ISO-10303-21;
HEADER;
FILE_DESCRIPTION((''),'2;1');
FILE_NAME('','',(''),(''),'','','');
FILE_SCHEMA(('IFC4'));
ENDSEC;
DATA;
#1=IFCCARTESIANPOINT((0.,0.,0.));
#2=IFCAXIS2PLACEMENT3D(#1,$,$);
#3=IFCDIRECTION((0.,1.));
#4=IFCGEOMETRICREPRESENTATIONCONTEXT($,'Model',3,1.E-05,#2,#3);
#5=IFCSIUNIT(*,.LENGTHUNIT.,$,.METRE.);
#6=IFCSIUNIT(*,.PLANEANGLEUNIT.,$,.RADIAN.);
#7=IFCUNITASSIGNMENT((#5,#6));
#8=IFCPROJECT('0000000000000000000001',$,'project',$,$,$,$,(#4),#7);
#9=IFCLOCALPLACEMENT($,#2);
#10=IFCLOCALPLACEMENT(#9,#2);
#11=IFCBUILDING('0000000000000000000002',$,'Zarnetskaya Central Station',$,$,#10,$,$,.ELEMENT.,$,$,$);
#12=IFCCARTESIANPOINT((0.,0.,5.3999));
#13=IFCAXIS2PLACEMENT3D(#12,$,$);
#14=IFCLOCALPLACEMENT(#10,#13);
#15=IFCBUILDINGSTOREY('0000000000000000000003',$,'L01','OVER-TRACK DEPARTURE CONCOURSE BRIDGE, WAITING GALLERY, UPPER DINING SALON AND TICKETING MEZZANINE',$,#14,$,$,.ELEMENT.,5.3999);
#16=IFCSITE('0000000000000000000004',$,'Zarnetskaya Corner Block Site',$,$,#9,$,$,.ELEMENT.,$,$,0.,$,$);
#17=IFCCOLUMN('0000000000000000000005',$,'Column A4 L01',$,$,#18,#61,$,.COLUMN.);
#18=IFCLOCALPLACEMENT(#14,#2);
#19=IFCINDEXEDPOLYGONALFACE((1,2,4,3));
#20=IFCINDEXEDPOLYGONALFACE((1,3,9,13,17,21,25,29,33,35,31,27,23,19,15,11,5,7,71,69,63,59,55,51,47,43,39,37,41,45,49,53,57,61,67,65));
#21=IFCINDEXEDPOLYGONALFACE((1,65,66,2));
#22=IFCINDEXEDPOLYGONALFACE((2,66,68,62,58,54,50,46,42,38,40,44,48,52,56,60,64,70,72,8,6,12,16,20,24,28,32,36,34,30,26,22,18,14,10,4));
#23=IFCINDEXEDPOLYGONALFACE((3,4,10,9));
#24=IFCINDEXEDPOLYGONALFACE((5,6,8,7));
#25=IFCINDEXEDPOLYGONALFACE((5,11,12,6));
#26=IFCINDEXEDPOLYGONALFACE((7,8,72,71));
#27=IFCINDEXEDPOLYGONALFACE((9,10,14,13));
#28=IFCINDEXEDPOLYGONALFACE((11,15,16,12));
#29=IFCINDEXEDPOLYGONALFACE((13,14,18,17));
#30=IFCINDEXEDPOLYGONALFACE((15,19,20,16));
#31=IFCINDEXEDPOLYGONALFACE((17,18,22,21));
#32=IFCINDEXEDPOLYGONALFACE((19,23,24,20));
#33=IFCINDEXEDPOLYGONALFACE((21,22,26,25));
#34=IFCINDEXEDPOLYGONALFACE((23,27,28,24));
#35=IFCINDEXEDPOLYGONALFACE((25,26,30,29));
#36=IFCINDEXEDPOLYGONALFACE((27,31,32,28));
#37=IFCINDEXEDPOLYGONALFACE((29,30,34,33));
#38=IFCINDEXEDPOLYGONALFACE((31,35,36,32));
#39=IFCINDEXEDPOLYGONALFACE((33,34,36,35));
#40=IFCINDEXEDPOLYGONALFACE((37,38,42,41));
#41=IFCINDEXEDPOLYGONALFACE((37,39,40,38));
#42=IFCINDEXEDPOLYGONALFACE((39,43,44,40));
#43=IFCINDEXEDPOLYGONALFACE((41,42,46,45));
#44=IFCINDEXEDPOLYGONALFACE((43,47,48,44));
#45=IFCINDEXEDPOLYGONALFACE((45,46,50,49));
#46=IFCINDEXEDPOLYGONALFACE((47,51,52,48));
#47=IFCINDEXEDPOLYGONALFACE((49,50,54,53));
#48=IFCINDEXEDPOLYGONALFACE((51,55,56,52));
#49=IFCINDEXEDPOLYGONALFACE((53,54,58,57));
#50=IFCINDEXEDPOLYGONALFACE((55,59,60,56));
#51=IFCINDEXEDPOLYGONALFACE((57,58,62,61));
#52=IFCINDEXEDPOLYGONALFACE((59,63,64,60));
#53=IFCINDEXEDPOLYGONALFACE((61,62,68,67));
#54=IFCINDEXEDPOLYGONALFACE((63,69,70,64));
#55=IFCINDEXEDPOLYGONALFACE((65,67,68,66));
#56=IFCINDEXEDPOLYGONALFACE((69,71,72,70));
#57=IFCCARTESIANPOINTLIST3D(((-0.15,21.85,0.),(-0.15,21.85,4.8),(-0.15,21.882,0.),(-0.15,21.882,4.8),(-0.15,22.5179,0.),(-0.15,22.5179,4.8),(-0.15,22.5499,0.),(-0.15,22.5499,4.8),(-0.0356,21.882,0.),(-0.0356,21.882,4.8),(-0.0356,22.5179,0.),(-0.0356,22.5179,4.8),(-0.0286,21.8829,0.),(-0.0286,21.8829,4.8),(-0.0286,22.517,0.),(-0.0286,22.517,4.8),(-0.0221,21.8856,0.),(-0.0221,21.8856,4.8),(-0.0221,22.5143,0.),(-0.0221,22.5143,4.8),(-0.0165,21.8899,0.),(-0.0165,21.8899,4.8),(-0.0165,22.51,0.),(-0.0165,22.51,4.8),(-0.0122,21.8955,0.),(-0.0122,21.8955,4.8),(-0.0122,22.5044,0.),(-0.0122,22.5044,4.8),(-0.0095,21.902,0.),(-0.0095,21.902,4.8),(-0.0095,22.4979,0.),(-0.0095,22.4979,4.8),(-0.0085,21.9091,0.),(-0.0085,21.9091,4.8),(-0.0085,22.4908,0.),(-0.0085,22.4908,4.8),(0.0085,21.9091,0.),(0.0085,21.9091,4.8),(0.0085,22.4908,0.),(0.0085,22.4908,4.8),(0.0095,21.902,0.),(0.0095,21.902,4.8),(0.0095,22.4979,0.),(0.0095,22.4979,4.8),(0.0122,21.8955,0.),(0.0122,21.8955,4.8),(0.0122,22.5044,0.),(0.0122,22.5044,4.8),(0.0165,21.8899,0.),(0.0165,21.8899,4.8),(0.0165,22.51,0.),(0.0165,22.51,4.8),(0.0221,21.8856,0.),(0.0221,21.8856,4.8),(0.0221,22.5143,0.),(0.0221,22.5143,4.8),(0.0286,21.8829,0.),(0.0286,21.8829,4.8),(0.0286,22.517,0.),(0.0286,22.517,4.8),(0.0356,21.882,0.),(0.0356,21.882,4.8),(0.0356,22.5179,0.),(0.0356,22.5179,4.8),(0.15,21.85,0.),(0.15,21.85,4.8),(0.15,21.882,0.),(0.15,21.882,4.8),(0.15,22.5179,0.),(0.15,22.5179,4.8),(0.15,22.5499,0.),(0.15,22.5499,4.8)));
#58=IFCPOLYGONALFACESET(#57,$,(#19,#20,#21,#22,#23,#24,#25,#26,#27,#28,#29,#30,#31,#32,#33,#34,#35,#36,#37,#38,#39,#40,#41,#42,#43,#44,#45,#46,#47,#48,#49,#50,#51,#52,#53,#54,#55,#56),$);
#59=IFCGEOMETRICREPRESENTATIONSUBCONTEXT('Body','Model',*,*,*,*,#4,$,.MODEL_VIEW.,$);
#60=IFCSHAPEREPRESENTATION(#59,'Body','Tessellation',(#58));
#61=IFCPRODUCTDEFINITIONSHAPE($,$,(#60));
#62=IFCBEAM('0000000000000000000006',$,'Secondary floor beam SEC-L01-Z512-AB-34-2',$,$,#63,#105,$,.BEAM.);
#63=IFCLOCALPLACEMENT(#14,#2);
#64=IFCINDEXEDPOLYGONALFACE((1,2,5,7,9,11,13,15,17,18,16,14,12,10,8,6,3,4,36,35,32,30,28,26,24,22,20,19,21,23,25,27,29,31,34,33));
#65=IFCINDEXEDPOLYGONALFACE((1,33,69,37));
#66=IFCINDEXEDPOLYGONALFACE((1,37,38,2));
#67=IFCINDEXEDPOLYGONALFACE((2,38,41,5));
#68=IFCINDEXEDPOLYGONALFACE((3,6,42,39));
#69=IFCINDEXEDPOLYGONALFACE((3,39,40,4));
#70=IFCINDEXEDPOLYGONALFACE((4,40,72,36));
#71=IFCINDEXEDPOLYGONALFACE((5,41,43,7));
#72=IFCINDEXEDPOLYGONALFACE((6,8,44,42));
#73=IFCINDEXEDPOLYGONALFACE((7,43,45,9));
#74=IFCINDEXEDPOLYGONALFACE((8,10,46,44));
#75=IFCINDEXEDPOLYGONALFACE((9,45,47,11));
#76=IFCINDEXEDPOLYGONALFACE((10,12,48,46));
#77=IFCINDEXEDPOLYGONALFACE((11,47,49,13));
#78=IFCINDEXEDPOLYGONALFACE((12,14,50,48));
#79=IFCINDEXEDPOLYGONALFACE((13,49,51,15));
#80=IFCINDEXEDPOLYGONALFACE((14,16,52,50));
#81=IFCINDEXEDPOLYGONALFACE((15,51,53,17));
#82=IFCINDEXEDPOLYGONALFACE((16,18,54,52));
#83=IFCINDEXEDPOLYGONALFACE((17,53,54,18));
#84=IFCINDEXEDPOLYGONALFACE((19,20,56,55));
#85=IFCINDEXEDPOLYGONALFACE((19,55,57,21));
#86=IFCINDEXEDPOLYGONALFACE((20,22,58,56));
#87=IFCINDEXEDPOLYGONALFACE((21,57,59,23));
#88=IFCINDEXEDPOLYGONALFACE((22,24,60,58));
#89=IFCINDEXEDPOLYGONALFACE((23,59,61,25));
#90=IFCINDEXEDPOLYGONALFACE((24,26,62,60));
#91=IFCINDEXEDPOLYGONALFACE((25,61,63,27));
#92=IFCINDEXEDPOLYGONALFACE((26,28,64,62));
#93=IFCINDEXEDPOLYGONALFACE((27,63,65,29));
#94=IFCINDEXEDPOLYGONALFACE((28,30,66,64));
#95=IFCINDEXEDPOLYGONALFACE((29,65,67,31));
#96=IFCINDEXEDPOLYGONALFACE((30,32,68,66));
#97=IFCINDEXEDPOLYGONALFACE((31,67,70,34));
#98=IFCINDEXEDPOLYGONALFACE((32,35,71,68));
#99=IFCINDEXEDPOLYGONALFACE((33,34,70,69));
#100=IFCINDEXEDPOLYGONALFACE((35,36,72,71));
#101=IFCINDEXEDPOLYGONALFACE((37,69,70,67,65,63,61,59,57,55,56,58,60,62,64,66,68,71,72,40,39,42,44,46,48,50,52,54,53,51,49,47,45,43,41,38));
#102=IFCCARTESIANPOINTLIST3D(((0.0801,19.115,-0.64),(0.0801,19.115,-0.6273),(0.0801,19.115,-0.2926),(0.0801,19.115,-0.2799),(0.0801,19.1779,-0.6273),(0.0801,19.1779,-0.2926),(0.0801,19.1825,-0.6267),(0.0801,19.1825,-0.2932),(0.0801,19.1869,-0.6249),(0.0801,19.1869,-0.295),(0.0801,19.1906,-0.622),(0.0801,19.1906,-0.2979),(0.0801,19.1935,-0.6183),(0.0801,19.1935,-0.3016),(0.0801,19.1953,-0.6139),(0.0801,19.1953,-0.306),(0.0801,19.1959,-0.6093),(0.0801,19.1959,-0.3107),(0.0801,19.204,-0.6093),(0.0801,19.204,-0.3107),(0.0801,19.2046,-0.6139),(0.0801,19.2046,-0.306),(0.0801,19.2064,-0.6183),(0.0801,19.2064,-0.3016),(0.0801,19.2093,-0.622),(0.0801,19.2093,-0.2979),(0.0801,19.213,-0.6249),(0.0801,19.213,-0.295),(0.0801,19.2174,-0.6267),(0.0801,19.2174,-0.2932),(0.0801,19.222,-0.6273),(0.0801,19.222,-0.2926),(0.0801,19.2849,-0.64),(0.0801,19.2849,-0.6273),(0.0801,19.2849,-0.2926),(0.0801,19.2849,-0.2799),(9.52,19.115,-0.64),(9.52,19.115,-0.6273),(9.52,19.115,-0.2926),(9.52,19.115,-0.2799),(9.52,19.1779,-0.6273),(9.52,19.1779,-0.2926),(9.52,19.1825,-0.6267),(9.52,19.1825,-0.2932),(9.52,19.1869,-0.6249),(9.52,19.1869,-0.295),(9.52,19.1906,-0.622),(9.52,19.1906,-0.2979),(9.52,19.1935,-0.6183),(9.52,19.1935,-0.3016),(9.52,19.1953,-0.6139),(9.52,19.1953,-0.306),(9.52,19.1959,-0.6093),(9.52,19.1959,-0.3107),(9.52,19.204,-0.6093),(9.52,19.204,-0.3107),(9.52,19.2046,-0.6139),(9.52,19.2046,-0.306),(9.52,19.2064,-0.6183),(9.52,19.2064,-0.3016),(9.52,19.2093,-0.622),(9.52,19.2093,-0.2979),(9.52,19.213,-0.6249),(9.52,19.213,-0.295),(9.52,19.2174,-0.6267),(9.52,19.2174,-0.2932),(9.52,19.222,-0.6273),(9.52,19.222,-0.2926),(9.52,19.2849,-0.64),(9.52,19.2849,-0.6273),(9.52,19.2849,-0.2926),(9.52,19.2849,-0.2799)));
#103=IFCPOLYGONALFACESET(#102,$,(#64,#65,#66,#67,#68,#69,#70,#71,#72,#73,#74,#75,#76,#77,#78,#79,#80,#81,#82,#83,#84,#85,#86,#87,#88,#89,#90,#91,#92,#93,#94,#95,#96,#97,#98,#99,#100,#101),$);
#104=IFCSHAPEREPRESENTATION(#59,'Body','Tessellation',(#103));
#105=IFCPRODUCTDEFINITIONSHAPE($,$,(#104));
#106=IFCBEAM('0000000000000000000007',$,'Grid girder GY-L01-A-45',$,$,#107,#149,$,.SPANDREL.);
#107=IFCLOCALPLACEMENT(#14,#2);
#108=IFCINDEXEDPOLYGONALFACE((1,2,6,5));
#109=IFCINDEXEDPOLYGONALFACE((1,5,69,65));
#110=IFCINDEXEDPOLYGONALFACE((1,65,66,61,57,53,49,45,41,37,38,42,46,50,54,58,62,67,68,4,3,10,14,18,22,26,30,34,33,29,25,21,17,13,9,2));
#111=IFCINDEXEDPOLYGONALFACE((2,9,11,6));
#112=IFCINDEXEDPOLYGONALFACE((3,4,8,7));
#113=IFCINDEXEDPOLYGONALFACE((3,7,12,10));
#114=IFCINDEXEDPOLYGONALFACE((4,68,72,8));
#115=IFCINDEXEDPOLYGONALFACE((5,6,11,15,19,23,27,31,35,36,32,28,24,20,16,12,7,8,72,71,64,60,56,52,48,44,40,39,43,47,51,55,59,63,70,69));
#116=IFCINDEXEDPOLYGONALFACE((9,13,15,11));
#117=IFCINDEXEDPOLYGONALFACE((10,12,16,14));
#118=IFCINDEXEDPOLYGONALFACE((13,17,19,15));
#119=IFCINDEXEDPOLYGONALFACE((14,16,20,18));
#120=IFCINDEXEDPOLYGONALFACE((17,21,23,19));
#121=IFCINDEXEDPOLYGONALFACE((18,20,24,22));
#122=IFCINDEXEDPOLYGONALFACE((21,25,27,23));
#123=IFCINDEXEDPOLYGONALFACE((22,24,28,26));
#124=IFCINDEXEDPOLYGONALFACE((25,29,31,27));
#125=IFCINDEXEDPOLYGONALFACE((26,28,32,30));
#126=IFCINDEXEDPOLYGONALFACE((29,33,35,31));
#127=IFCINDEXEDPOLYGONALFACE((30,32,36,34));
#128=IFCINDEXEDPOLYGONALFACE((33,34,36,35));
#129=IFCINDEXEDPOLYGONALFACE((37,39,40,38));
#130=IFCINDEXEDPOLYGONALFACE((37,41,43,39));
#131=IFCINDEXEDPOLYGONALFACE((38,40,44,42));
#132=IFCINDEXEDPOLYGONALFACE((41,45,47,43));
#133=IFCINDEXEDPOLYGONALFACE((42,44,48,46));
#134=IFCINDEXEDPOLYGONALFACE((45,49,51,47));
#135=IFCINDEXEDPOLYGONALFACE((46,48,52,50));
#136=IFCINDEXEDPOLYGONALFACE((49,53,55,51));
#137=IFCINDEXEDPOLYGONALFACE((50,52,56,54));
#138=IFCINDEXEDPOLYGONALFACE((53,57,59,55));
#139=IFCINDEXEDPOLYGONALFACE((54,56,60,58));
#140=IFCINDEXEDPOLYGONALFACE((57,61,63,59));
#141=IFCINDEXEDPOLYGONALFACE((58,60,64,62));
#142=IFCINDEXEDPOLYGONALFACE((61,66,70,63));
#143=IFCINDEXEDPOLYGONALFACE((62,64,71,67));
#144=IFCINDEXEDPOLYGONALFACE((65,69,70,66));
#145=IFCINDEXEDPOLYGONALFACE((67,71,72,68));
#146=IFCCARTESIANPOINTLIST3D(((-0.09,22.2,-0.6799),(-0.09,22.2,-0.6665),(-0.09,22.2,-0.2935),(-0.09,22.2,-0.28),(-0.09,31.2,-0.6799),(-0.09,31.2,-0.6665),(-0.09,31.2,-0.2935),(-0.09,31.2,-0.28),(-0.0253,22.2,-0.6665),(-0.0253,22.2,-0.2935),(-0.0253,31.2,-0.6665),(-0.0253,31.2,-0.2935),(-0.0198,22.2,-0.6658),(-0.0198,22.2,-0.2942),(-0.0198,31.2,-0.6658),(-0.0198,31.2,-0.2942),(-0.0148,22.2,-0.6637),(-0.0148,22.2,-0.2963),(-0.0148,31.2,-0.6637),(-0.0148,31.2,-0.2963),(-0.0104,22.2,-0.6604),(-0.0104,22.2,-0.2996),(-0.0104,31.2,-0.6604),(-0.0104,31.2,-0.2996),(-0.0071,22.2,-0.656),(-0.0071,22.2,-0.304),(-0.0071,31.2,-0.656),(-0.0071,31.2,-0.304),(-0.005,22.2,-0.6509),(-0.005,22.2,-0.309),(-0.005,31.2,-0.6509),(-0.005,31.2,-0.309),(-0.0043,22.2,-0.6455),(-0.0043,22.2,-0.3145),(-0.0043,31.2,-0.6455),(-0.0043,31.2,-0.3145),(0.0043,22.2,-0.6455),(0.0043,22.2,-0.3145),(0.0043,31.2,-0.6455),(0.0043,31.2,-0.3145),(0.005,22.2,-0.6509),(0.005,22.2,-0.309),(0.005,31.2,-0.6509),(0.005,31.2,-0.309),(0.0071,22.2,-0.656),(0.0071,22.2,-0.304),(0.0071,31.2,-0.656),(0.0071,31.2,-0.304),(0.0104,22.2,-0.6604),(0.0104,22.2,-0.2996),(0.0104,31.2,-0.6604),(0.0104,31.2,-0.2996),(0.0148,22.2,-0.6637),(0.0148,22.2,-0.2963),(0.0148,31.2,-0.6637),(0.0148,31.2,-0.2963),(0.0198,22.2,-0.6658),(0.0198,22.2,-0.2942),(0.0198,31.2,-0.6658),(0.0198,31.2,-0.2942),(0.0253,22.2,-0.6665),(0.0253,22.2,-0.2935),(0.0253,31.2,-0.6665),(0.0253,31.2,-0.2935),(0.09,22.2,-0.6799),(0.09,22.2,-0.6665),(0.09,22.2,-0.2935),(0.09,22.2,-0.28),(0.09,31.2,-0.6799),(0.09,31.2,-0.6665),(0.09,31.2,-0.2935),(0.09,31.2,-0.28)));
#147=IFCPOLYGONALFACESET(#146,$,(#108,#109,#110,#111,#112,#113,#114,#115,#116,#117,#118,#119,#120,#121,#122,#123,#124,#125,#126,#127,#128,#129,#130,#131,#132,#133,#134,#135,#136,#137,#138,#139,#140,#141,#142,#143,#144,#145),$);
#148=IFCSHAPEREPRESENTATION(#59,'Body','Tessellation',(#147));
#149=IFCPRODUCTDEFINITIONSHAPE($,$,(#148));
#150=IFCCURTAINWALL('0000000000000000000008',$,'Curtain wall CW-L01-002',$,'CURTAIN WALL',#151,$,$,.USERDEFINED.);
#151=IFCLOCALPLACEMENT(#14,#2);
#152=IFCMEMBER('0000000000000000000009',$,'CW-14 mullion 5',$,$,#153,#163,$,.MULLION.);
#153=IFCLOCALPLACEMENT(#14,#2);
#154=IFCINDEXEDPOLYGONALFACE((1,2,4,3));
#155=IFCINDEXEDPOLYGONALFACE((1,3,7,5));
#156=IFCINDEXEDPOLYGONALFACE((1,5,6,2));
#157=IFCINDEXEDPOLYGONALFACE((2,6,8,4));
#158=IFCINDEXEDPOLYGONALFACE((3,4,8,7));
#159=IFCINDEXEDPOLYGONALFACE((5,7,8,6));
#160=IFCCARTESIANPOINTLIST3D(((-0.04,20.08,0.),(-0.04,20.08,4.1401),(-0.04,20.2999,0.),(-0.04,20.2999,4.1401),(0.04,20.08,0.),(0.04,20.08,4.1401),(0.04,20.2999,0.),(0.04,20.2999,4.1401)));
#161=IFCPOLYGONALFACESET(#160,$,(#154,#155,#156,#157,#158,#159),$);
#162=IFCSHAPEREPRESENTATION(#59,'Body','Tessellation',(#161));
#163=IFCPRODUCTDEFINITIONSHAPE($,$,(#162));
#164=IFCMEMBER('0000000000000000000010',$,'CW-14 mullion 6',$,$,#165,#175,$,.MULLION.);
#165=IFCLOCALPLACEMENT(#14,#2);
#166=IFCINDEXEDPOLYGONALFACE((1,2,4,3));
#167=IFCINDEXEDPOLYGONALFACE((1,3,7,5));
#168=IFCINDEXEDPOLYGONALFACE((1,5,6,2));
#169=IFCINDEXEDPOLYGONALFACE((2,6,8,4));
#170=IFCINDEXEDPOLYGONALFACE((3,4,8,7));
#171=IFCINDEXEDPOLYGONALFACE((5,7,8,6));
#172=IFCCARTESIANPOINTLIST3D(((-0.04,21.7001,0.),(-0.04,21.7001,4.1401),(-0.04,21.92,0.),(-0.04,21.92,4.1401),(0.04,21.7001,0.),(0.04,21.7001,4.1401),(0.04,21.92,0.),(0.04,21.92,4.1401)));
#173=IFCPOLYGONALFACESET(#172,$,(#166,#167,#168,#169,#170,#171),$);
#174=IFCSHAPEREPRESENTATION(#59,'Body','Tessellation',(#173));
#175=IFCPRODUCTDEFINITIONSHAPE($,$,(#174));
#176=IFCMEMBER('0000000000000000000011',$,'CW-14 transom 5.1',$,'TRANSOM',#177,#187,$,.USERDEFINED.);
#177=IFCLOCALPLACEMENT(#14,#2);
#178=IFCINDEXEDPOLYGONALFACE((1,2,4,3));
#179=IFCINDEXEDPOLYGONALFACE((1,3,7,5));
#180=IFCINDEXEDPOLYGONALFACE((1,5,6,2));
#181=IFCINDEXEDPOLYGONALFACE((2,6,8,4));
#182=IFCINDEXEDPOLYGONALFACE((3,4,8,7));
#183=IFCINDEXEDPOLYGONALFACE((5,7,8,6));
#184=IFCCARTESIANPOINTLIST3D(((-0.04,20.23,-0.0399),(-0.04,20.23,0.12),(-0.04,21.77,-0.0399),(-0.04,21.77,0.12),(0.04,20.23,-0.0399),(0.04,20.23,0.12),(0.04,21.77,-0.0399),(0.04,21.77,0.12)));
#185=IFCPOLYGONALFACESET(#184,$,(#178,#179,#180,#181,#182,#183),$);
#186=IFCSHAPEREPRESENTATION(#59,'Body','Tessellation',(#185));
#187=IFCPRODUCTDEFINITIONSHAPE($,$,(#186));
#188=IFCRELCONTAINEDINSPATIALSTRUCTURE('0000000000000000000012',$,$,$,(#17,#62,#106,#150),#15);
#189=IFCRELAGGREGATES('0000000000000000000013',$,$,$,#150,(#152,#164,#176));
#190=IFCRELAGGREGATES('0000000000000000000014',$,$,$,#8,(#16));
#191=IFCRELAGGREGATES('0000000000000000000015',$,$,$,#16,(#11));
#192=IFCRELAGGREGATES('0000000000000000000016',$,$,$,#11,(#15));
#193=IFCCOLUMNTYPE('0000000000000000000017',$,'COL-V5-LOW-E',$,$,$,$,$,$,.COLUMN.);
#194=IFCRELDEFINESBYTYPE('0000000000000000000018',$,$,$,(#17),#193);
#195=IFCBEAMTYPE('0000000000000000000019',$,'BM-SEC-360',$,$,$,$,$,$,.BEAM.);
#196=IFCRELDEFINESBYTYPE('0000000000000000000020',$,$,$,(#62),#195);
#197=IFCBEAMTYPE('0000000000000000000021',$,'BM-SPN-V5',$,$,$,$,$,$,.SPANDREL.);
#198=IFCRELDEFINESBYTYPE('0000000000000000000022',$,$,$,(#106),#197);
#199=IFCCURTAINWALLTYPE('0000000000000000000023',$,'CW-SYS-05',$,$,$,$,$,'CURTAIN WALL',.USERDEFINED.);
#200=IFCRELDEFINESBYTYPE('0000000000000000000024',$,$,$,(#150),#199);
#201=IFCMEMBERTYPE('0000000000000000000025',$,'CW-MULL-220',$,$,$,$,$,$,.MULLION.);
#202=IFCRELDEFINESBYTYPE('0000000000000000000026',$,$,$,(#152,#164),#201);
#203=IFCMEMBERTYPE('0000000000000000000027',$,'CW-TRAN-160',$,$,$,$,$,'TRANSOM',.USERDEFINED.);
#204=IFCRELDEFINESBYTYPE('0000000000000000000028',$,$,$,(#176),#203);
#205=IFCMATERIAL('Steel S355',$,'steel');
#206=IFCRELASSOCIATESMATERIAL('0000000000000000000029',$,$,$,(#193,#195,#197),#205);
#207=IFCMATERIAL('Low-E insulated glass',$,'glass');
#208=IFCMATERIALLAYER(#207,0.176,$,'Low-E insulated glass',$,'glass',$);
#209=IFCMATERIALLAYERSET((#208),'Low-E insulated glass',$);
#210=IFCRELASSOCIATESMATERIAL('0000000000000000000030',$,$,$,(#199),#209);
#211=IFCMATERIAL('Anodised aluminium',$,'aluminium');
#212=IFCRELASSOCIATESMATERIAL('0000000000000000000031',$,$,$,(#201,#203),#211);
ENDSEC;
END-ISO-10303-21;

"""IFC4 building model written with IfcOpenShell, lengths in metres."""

from ifc_helpers import new_model, si_unit, direction, frame, origin, origin_2d, place, context, subcontext, project, spatial, rectangle, i_section, extrude, material, layer, layer_set, material_profile, profile_set, type_object, element, aggregate, save


model = new_model("IFC4")

# Units and contexts
model_context = context("Model", 3, precision=1e-05, world=origin(), true_north=direction((0.0, 1.0)))
body_context = subcontext(model_context, "Body", "Model", "MODEL_VIEW")
ifc_project = project(units=[si_unit("LENGTHUNIT", "METRE"), si_unit("PLANEANGLEUNIT", "RADIAN")], contexts=[model_context])

# Site, building, storey
site_placement = place(None, origin())
site = spatial("IfcSite", under=ifc_project, at=site_placement, Name="Zarnetskaya Corner Block Site", CompositionType="ELEMENT", RefElevation=0.0)
building_placement = place(site_placement, origin())
building = spatial("IfcBuilding", under=site, at=building_placement, Name="Zarnetskaya Central Station", CompositionType="ELEMENT")
storey_placement = place(building_placement, frame((0.0, 0.0, 5.3999)))
storey = spatial("IfcBuildingStorey", under=building, at=storey_placement, Name="L01", Description="OVER-TRACK DEPARTURE CONCOURSE BRIDGE, WAITING GALLERY, UPPER DINING SALON AND TICKETING MEZZANINE", CompositionType="ELEMENT", Elevation=5.3999)

# Column
ifc_material_1 = material(Name="Steel S355", Category="steel")
ifc_material_profile_1 = material_profile(ifc_material_1, i_section(OverallWidth=0.3, OverallDepth=0.7, WebThickness=0.0171, FlangeThickness=0.032, FilletRadius=0.0271, at=origin_2d()), Name="HEB 700")
ifc_profile_set_1 = profile_set([ifc_material_profile_1], Name="Steel S355")
column_type = type_object("IfcColumnType", Name="COL-V5-LOW-E", PredefinedType="COLUMN", material=ifc_profile_set_1)
column_placement = place(storey_placement, frame((0.0, 22.2, 0.0), z_axis=(0.0, 0.0, 1.0), x_axis=(1.0, 0.0, 0.0)))
element("IfcColumn", 1, at=column_placement, inside=storey, type_object=column_type, Name="Column A4 L01", PredefinedType="COLUMN", context=body_context, shape_type="SweptSolid", body=[
    extrude(i_section(OverallWidth=0.3, OverallDepth=0.7, WebThickness=0.0171, FlangeThickness=0.032, FilletRadius=0.0271, at=origin_2d()), origin(), (0.0, 0.0, 1.0), 4.8),
])

# Beams
ifc_material_profile_2 = material_profile(ifc_material_1, i_section(OverallWidth=0.1699, OverallDepth=0.3601, WebThickness=0.0081, FlangeThickness=0.0127, FilletRadius=0.0181, at=origin_2d()), Name="IPE 360")
ifc_profile_set_2 = profile_set([ifc_material_profile_2], Name="Steel S355")
beam_type_1 = type_object("IfcBeamType", Name="BM-SEC-360", PredefinedType="BEAM", material=ifc_profile_set_2)
beam_1_placement = place(storey_placement, frame((0.0801, 19.2, -0.46), z_axis=(1.0, 0.0, 0.0), x_axis=(0.0, 1.0, 0.0)))
element("IfcBeam", 2, at=beam_1_placement, inside=storey, type_object=beam_type_1, Name="Secondary floor beam SEC-L01-Z512-AB-34-2", PredefinedType="BEAM", context=body_context, shape_type="SweptSolid", body=[
    extrude(i_section(OverallWidth=0.1699, OverallDepth=0.3601, WebThickness=0.0081, FlangeThickness=0.0127, FilletRadius=0.0181, at=origin_2d()), origin(), (0.0, 0.0, 1.0), 9.4399),
])
ifc_material_profile_3 = material_profile(ifc_material_1, i_section(OverallWidth=0.1799, OverallDepth=0.3999, WebThickness=0.0085, FlangeThickness=0.0134, FilletRadius=0.021, at=origin_2d()), Name="IPE 400")
ifc_profile_set_3 = profile_set([ifc_material_profile_3], Name="Steel S355")
beam_type_2 = type_object("IfcBeamType", Name="BM-SPN-V5", PredefinedType="SPANDREL", material=ifc_profile_set_3)
beam_2_placement = place(storey_placement, frame((0.0, 22.2, -0.48), z_axis=(0.0, 1.0, 0.0), x_axis=(-1.0, 0.0, 0.0)))
element("IfcBeam", 3, at=beam_2_placement, inside=storey, type_object=beam_type_2, Name="Grid girder GY-L01-A-45", PredefinedType="SPANDREL", context=body_context, shape_type="SweptSolid", body=[
    extrude(i_section(OverallWidth=0.1799, OverallDepth=0.3999, WebThickness=0.0085, FlangeThickness=0.0134, FilletRadius=0.021, at=origin_2d()), origin(), (0.0, 0.0, 1.0), 9.0),
])

# Curtain wall, members
ifc_material_2 = material(Name="Low-E insulated glass", Category="glass")
ifc_layer_1 = layer(ifc_material_2, 0.176, Name="Low-E insulated glass", Category="glass")
ifc_layer_set_1 = layer_set([ifc_layer_1], Name="Low-E insulated glass")
curtain_wall_type = type_object("IfcCurtainWallType", Name="CW-SYS-05", ElementType="CURTAIN WALL", PredefinedType="USERDEFINED", material=ifc_layer_set_1)
curtain_wall_placement = place(storey_placement, origin())
curtain_wall = element("IfcCurtainWall", 4, at=curtain_wall_placement, inside=storey, type_object=curtain_wall_type, Name="Curtain wall CW-L01-002", ObjectType="CURTAIN WALL", PredefinedType="USERDEFINED")
ifc_material_3 = material(Name="Anodised aluminium", Category="aluminium")
ifc_material_profile_4 = material_profile(ifc_material_3, rectangle(XDim=0.0801, YDim=0.22, at=origin_2d()), Name="ALU MULL 80x220")
ifc_profile_set_4 = profile_set([ifc_material_profile_4], Name="Anodised aluminium")
member_type_1 = type_object("IfcMemberType", Name="CW-MULL-220", PredefinedType="MULLION", material=ifc_profile_set_4)
member_1_placement = place(storey_placement, frame((0.0, 20.1899, 0.0), z_axis=(0.0, 0.0, 1.0), x_axis=(-1.0, 0.0, 0.0)))
member_1 = element("IfcMember", 5, at=member_1_placement, type_object=member_type_1, Name="CW-14 mullion 5", PredefinedType="MULLION", context=body_context, shape_type="SweptSolid", body=[
    extrude(rectangle(XDim=0.0801, YDim=0.22, at=origin_2d()), origin(), (0.0, 0.0, 1.0), 4.1401),
])
member_2_placement = place(storey_placement, frame((0.0, 21.8101, 0.0), z_axis=(0.0, 0.0, 1.0), x_axis=(-1.0, 0.0, 0.0)))
member_2 = element("IfcMember", 6, at=member_2_placement, type_object=member_type_1, Name="CW-14 mullion 6", PredefinedType="MULLION", context=body_context, shape_type="SweptSolid", body=[
    extrude(rectangle(XDim=0.0801, YDim=0.22, at=origin_2d()), origin(), (0.0, 0.0, 1.0), 4.1401),
])
ifc_material_profile_5 = material_profile(ifc_material_3, rectangle(XDim=0.0801, YDim=0.1599, at=origin_2d()), Name="ALU TRAN 80x160")
ifc_profile_set_5 = profile_set([ifc_material_profile_5], Name="Anodised aluminium")
member_type_2 = type_object("IfcMemberType", Name="CW-TRAN-160", ElementType="TRANSOM", PredefinedType="USERDEFINED", material=ifc_profile_set_5)
member_3_placement = place(storey_placement, frame((0.0, 20.23, 0.04), z_axis=(0.0, 1.0, 0.0), x_axis=(-1.0, 0.0, 0.0)))
member_3 = element("IfcMember", 7, at=member_3_placement, type_object=member_type_2, Name="CW-14 transom 5.1", ObjectType="TRANSOM", PredefinedType="USERDEFINED", context=body_context, shape_type="SweptSolid", body=[
    extrude(rectangle(XDim=0.0801, YDim=0.1599, at=origin_2d()), origin(), (0.0, 0.0, 1.0), 1.54),
])

aggregate(curtain_wall, [member_1, member_2, member_3])

save(model, "model.ifc")
